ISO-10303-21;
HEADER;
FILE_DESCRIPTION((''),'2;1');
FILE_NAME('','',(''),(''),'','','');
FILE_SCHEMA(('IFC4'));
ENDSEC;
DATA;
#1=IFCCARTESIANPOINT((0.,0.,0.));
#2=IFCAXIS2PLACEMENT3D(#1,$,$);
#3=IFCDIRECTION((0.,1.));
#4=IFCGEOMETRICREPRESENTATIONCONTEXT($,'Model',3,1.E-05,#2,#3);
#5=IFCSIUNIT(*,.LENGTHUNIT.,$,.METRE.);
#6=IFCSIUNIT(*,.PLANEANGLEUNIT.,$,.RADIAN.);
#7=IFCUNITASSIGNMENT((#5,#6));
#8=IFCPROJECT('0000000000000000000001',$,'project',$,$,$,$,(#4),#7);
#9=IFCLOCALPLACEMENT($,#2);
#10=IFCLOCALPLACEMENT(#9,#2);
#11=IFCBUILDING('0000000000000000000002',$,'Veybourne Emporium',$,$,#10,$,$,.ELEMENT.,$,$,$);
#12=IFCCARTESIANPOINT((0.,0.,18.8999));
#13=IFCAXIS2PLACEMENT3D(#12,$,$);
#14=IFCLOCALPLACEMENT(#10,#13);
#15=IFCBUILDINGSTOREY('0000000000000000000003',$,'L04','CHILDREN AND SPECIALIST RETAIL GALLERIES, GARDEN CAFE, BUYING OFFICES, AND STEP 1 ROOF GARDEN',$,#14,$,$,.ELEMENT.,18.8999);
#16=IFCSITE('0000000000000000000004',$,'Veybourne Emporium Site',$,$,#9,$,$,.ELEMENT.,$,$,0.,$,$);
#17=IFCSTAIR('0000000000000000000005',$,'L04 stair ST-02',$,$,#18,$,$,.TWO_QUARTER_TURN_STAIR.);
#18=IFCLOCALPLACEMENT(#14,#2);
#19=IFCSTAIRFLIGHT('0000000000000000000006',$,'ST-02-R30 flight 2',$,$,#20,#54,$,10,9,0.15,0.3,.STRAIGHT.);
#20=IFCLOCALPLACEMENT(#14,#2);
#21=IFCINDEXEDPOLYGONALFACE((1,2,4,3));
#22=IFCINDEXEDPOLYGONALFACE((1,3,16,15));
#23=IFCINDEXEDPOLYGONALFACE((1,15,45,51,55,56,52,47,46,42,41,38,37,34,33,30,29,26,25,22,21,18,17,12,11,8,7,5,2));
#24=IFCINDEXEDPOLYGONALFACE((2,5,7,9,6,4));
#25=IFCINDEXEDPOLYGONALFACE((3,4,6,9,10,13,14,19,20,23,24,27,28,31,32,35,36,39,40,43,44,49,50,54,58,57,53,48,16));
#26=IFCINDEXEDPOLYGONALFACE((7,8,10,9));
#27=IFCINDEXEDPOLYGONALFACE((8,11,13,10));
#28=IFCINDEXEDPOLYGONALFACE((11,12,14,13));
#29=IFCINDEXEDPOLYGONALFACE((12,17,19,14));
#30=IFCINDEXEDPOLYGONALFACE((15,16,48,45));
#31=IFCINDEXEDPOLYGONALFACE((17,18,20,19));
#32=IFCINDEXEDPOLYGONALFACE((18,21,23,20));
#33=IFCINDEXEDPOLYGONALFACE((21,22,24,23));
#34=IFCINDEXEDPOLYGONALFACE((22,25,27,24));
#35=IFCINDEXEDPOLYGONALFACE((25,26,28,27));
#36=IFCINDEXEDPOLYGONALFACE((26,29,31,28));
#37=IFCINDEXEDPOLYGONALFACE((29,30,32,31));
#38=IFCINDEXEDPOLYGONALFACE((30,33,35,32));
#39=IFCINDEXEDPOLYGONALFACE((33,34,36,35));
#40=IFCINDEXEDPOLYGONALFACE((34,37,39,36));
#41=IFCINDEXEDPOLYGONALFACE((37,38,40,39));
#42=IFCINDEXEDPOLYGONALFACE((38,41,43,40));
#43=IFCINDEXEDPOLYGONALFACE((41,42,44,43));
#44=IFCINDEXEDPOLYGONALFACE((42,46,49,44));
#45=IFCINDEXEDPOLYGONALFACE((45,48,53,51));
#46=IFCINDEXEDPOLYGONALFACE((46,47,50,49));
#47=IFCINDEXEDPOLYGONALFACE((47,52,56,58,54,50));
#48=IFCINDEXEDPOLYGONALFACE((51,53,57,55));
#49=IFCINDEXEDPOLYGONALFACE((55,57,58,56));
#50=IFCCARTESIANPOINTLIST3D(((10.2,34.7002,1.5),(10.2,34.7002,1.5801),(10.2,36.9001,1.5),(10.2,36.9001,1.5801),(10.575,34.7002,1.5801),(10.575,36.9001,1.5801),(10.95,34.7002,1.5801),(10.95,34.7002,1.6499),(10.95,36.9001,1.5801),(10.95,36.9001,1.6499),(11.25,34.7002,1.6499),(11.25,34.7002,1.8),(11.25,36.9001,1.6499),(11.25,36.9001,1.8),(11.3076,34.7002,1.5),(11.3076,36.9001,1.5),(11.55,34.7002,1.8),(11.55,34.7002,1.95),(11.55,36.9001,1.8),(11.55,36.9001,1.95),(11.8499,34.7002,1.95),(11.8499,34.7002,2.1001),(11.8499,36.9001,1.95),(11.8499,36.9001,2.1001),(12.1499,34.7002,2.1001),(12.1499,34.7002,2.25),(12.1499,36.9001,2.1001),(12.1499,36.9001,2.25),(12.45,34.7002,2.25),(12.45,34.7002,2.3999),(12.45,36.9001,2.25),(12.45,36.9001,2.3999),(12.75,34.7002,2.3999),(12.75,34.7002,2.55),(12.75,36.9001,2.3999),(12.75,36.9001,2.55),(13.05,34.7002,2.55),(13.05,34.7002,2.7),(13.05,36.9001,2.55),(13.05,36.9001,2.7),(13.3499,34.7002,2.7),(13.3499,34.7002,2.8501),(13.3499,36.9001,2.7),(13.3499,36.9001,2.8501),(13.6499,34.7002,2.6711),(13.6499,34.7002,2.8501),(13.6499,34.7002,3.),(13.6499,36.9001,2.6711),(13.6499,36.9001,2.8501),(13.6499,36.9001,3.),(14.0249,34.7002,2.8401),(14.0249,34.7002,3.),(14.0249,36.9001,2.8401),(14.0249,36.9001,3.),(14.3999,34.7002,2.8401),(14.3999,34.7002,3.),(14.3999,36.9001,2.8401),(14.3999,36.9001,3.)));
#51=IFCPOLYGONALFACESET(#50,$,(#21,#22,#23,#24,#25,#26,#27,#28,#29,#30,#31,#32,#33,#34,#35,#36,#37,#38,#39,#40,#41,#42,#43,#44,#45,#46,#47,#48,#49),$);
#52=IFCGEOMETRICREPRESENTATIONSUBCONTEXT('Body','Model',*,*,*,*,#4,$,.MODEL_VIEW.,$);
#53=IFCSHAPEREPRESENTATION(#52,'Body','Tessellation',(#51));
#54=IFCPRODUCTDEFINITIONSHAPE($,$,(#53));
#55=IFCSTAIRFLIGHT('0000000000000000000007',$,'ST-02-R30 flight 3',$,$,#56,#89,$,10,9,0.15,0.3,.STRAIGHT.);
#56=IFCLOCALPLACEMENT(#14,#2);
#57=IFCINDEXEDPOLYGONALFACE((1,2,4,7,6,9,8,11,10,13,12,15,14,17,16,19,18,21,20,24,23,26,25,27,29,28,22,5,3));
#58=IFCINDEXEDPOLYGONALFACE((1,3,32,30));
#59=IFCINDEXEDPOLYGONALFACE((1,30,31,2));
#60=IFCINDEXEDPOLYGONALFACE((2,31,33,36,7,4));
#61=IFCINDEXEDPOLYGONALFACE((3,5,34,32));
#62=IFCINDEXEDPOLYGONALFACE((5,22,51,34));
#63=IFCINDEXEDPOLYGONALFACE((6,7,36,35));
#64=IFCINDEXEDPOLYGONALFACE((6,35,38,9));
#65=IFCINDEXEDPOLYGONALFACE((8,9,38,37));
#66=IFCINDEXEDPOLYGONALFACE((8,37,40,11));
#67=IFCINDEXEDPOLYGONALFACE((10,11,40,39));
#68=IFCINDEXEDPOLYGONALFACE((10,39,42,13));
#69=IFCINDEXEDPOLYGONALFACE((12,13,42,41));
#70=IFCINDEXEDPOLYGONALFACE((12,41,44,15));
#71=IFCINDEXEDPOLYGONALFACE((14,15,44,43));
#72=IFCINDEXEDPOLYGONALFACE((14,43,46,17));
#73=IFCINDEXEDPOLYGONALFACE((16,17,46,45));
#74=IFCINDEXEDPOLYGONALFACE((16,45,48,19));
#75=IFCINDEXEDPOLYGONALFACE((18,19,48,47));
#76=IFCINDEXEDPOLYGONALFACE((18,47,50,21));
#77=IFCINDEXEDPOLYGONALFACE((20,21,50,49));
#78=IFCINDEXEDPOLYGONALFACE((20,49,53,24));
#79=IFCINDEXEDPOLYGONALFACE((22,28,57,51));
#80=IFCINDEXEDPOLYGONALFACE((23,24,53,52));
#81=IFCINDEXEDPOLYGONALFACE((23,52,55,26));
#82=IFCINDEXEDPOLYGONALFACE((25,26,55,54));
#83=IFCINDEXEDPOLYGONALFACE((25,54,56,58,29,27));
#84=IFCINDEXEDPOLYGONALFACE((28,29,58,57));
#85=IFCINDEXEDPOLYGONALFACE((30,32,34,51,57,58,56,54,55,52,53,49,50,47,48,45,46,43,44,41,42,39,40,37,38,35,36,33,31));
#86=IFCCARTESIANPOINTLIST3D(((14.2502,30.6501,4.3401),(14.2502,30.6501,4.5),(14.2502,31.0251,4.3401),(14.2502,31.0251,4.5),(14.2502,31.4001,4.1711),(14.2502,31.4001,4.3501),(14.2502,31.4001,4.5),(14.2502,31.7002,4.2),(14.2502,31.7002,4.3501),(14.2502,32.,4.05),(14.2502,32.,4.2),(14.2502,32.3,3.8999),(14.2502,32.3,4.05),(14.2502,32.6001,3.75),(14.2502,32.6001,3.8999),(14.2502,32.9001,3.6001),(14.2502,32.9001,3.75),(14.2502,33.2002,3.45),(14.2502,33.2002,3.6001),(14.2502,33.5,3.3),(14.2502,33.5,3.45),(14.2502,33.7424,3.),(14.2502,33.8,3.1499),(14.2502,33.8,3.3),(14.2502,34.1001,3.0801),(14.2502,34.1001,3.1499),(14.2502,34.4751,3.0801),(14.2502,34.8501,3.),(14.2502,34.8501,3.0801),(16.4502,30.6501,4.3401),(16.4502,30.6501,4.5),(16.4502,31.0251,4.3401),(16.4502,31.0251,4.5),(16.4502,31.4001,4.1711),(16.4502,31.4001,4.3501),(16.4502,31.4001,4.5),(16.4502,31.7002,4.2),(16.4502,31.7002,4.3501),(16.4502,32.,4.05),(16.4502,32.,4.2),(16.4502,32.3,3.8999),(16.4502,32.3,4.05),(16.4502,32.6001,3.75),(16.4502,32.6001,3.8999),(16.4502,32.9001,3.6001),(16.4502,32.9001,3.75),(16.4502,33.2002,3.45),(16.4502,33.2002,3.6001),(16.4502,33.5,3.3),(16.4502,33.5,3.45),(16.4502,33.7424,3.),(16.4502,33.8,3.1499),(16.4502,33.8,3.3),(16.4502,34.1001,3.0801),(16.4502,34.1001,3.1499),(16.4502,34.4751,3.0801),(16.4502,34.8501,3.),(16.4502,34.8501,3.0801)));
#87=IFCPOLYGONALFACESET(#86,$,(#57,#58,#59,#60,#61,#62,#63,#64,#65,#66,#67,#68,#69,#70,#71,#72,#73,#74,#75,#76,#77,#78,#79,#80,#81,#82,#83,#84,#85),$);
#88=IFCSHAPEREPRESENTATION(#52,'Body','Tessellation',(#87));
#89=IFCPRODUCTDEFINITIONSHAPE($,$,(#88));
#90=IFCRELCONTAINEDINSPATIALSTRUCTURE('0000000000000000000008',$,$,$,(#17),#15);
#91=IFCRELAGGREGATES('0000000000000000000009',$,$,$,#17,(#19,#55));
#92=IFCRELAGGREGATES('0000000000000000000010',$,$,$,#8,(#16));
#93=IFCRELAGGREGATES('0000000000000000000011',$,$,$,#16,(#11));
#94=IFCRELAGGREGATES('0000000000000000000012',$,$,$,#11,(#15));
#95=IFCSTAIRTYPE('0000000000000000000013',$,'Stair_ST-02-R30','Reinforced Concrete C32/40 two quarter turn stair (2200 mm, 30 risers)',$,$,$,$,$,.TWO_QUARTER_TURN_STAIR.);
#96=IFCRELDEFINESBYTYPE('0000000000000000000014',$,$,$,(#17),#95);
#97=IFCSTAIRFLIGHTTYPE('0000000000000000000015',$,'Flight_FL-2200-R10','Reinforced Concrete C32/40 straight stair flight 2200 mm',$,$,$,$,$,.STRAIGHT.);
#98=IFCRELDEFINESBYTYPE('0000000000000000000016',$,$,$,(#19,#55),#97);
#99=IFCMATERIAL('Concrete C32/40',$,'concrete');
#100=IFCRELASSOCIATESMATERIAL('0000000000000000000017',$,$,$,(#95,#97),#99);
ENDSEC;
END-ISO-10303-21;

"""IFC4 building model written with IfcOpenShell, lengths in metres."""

from ifc_helpers import new_model, si_unit, direction, frame, origin, place, context, subcontext, project, spatial, polyline, outline, extrude, material, type_object, element, aggregate, save


model = new_model("IFC4")

# Units and contexts
model_context = context("Model", 3, precision=1e-05, world=origin(), true_north=direction((0.0, 1.0)))
body_context = subcontext(model_context, "Body", "Model", "MODEL_VIEW")
ifc_project = project(units=[si_unit("LENGTHUNIT", "METRE"), si_unit("PLANEANGLEUNIT", "RADIAN")], contexts=[model_context])

# Site, building, storey
site_placement = place(None, origin())
site = spatial("IfcSite", under=ifc_project, at=site_placement, Name="Veybourne Emporium Site", CompositionType="ELEMENT", RefElevation=0.0)
building_placement = place(site_placement, origin())
building = spatial("IfcBuilding", under=site, at=building_placement, Name="Veybourne Emporium", CompositionType="ELEMENT")
storey_placement = place(building_placement, frame((0.0, 0.0, 18.8999)))
storey = spatial("IfcBuildingStorey", under=building, at=storey_placement, Name="L04", Description="CHILDREN AND SPECIALIST RETAIL GALLERIES, GARDEN CAFE, BUYING OFFICES, AND STEP 1 ROOF GARDEN", CompositionType="ELEMENT", Elevation=18.8999)

# Shared definitions
ifc_material_1 = material(Name="Concrete C32/40", Category="concrete")

# Stair, stair flights
stair_type = type_object("IfcStairType", Name="Stair_ST-02-R30", Description="Reinforced Concrete C32/40 two quarter turn stair (2200 mm, 30 risers)", PredefinedType="TWO_QUARTER_TURN_STAIR", material=ifc_material_1)
stair_placement = place(storey_placement, origin())
stair = element("IfcStair", 1, at=stair_placement, inside=storey, type_object=stair_type, Name="L04 stair ST-02", PredefinedType="TWO_QUARTER_TURN_STAIR")
stair_flight_type = type_object("IfcStairFlightType", Name="Flight_FL-2200-R10", Description="Reinforced Concrete C32/40 straight stair flight 2200 mm", PredefinedType="STRAIGHT", material=ifc_material_1)
stair_flight_1_placement = place(storey_placement, frame((10.95, 35.8, 1.5), z_axis=(0.0, 0.0, 1.0), x_axis=(1.0, 0.0, 0.0)))
stair_flight_1 = element("IfcStairFlight", 2, at=stair_flight_1_placement, type_object=stair_flight_type, Name="ST-02-R30 flight 2", NumberOfRisers=10, NumberOfTreads=9, PredefinedType="STRAIGHT", RiserHeight=0.15, TreadLength=0.3, context=body_context, shape_type="SweptSolid", body=[
    extrude(outline(polyline([(-0.75, 0.0), (-0.75, 0.0801), (-0.375, 0.0801), (0.0, 0.0801), (0.0, 0.1499), (0.3, 0.1499), (0.3, 0.3), (0.6001, 0.3), (0.6001, 0.45), (0.8999, 0.45), (0.8999, 0.6001), (1.2, 0.6001), (1.2, 0.75), (1.5, 0.75), (1.5, 0.8999), (1.8, 0.8999), (1.8, 1.05), (2.1001, 1.05), (2.1001, 1.2), (2.3999, 1.2), (2.3999, 1.3501), (2.7, 1.3501), (2.7, 1.5), (3.075, 1.5), (3.45, 1.5), (3.45, 1.3401), (3.075, 1.3401), (2.7, 1.1711), (0.3577, 0.0), (-0.75, 0.0)])), frame((0.0, 1.1001, 0.0), z_axis=(0.0, -1.0, 0.0), x_axis=(1.0, 0.0, 0.0)), (0.0, 0.0, 1.0), 2.2),
])
stair_flight_2_placement = place(storey_placement, frame((15.3501, 34.1001, 3.0), z_axis=(0.0, 0.0, 1.0), x_axis=(0.0, -1.0, 0.0)))
stair_flight_2 = element("IfcStairFlight", 3, at=stair_flight_2_placement, type_object=stair_flight_type, Name="ST-02-R30 flight 3", NumberOfRisers=10, NumberOfTreads=9, PredefinedType="STRAIGHT", RiserHeight=0.15, TreadLength=0.3, context=body_context, shape_type="SweptSolid", body=[
    extrude(outline(polyline([(-0.75, 0.0), (-0.75, 0.0801), (-0.375, 0.0801), (0.0, 0.0801), (0.0, 0.1499), (0.3, 0.1499), (0.3, 0.3), (0.6001, 0.3), (0.6001, 0.45), (0.8999, 0.45), (0.8999, 0.6001), (1.2, 0.6001), (1.2, 0.75), (1.5, 0.75), (1.5, 0.8999), (1.8, 0.8999), (1.8, 1.05), (2.1001, 1.05), (2.1001, 1.2), (2.3999, 1.2), (2.3999, 1.3501), (2.7, 1.3501), (2.7, 1.5), (3.075, 1.5), (3.45, 1.5), (3.45, 1.3401), (3.075, 1.3401), (2.7, 1.1711), (0.3577, 0.0), (-0.75, 0.0)])), frame((0.0, 1.1001, 0.0), z_axis=(0.0, -1.0, 0.0), x_axis=(1.0, 0.0, 0.0)), (0.0, 0.0, 1.0), 2.2),
])
aggregate(stair, [stair_flight_1, stair_flight_2])

save(model, "model.ifc")
